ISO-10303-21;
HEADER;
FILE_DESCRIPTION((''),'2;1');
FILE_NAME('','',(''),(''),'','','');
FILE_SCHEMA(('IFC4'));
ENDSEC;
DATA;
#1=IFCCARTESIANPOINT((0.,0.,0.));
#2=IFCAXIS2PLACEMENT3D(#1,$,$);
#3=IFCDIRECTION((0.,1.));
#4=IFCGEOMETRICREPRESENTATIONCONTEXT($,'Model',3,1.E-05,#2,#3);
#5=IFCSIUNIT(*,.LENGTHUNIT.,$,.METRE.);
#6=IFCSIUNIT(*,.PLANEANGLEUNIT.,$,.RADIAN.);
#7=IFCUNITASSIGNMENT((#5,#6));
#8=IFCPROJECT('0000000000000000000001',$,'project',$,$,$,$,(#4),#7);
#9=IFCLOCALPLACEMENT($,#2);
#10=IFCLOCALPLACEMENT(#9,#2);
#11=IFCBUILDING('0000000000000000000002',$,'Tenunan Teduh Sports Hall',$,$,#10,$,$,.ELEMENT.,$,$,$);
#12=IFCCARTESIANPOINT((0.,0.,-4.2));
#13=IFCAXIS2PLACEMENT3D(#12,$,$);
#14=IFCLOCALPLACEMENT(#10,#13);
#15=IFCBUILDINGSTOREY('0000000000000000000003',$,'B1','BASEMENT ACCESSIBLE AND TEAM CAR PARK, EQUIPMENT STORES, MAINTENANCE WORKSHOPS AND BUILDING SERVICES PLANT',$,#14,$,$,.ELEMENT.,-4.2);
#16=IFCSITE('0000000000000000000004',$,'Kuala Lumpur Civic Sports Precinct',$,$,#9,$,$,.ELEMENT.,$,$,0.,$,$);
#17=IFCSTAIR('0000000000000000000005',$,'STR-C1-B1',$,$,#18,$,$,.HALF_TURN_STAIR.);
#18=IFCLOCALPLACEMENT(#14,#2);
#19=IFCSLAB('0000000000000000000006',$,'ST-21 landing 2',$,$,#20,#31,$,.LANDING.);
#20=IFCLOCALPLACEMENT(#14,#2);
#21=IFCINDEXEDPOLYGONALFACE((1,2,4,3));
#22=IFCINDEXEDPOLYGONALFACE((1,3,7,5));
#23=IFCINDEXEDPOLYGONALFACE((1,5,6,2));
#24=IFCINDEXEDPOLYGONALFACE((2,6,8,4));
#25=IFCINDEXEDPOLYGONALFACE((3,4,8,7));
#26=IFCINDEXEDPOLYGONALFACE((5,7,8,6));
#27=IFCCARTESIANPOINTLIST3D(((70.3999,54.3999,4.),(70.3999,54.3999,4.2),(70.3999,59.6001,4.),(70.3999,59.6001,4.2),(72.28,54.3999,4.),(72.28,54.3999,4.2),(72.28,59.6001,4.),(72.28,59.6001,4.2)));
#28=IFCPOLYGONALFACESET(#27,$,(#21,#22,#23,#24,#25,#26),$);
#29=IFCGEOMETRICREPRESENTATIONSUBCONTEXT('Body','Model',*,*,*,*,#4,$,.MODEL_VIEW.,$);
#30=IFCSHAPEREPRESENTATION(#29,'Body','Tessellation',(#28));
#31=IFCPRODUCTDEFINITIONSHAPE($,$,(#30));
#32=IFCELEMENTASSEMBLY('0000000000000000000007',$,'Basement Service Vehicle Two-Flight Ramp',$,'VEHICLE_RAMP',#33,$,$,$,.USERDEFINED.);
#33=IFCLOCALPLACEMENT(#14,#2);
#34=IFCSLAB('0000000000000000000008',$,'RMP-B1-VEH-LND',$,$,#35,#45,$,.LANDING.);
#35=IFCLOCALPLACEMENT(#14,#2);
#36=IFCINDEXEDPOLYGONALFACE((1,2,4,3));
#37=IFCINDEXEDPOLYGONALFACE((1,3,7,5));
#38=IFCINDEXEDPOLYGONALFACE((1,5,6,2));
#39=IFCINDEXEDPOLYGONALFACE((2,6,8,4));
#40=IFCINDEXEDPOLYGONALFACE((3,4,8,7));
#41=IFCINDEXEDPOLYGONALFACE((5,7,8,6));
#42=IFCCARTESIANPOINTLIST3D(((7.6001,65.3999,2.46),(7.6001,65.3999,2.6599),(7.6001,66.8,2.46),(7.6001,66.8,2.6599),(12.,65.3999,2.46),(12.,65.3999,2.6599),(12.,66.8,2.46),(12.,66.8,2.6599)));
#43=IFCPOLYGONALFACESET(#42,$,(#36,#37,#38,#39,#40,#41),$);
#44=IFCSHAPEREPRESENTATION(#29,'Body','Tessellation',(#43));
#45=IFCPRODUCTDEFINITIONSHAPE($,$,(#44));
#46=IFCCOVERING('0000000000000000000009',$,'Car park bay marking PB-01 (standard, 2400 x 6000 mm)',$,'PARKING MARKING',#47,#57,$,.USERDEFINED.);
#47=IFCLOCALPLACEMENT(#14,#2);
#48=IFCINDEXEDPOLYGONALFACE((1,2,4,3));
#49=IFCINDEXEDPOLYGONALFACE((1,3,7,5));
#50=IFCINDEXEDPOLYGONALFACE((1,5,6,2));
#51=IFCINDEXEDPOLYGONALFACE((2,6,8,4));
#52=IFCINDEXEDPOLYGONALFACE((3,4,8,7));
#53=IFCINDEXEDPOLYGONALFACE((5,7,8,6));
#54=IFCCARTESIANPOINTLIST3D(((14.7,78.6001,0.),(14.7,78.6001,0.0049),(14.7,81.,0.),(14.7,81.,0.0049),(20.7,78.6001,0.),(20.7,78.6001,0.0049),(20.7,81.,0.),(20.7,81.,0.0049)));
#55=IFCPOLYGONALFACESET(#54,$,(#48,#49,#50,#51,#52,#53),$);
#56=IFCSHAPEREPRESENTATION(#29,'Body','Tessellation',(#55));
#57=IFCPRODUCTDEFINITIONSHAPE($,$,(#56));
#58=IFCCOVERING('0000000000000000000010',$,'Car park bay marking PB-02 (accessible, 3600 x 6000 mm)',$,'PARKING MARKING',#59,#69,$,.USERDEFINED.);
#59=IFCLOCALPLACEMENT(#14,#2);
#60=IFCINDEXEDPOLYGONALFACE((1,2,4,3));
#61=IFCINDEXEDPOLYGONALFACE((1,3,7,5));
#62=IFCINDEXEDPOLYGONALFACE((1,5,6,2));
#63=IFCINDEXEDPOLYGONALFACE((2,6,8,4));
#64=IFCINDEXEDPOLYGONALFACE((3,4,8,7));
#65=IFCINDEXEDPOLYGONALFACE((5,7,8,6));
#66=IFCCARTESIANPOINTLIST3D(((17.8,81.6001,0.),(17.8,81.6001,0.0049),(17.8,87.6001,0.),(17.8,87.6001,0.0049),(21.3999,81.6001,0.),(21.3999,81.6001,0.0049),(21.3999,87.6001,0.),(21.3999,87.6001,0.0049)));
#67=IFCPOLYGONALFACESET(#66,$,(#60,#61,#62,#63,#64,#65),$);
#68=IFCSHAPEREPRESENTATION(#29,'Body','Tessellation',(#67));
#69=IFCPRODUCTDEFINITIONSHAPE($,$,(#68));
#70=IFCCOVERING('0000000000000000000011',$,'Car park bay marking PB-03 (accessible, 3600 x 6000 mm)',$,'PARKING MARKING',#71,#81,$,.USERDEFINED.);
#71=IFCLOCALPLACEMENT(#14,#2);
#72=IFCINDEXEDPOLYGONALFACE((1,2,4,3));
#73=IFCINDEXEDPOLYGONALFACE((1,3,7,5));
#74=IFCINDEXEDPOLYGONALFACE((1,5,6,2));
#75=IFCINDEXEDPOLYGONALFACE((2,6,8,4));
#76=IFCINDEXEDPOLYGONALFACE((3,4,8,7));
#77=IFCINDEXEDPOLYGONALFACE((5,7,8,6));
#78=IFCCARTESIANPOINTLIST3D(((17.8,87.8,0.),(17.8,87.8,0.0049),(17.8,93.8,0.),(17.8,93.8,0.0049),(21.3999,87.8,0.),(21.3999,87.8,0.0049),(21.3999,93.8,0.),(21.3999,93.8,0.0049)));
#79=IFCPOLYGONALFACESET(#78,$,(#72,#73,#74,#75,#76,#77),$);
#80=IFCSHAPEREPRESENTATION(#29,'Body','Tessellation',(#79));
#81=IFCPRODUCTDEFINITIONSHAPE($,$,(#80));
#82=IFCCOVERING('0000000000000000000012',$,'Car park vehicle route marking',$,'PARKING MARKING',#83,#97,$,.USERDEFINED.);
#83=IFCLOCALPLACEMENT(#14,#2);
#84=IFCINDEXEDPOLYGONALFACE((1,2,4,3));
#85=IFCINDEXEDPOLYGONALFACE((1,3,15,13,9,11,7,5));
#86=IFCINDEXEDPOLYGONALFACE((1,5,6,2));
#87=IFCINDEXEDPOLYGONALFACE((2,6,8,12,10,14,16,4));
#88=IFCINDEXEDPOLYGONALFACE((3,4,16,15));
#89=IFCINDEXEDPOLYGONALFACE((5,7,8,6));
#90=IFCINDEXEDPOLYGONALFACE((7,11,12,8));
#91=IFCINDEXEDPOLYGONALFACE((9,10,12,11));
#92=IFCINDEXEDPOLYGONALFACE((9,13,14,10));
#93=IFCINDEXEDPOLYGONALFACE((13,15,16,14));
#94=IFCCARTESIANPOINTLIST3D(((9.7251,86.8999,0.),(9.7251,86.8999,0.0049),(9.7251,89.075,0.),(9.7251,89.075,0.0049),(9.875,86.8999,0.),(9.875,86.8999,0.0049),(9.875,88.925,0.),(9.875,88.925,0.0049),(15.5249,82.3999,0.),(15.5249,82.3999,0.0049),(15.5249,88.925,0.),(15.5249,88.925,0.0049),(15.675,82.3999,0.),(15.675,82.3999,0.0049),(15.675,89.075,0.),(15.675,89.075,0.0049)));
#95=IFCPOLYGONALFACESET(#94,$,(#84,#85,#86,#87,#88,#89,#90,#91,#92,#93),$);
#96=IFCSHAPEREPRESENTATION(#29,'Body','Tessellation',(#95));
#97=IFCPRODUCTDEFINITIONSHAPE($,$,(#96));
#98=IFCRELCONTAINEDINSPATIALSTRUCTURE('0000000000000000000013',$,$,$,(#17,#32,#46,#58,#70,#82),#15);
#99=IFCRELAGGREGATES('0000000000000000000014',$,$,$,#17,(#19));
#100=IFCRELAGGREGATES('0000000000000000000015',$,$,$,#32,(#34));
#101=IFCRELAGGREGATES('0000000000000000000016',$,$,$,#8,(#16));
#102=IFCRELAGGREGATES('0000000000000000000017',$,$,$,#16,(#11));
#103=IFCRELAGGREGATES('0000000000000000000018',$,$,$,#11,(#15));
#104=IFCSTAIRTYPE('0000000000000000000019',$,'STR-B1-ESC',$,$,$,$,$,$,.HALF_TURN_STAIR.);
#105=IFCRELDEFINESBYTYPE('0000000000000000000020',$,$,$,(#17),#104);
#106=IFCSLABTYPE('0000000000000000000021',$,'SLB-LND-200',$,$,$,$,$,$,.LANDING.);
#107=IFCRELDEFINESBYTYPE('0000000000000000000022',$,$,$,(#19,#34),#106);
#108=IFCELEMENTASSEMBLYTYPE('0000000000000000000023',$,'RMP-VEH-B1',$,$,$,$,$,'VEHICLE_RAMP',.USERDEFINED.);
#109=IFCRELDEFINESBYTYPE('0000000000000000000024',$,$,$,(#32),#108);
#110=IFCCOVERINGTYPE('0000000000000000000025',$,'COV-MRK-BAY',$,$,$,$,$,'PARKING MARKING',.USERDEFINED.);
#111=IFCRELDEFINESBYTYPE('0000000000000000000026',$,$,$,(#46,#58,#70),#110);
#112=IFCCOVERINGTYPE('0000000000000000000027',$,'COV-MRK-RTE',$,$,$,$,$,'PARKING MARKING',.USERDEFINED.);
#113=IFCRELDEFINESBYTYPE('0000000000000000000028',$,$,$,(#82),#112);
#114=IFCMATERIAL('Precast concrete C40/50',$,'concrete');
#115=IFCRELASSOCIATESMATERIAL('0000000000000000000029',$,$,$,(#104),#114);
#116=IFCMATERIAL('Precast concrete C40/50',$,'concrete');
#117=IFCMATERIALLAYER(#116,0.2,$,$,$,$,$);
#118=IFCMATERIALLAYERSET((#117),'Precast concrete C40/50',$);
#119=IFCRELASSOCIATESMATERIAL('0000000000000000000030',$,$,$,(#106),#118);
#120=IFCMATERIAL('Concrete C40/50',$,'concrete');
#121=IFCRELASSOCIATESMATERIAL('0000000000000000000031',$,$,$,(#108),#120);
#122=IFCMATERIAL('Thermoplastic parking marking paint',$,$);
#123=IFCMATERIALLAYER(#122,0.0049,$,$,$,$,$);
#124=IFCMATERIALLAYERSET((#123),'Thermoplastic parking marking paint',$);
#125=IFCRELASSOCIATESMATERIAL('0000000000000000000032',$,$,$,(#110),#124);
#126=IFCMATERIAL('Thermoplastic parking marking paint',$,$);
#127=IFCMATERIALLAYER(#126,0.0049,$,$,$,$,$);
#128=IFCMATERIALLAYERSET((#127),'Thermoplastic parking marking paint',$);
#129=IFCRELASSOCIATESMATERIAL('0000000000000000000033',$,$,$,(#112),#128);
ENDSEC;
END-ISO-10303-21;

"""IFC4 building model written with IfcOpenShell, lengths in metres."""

from ifc_helpers import new_model, si_unit, direction, frame, origin, place, context, subcontext, project, spatial, polyline, outline, extrude, material, layer, layer_set, type_object, element, aggregate, save


model = new_model("IFC4")

# Units and contexts
model_context = context("Model", 3, precision=1e-05, world=origin(), true_north=direction((0.0, 1.0)))
body_context = subcontext(model_context, "Body", "Model", "MODEL_VIEW")
ifc_project = project(units=[si_unit("LENGTHUNIT", "METRE"), si_unit("PLANEANGLEUNIT", "RADIAN")], contexts=[model_context])

# Site, building, storey
site_placement = place(None, origin())
site = spatial("IfcSite", under=ifc_project, at=site_placement, Name="Kuala Lumpur Civic Sports Precinct", CompositionType="ELEMENT", RefElevation=0.0)
building_placement = place(site_placement, origin())
building = spatial("IfcBuilding", under=site, at=building_placement, Name="Tenunan Teduh Sports Hall", CompositionType="ELEMENT")
storey_placement = place(building_placement, frame((0.0, 0.0, -4.2)))
storey = spatial("IfcBuildingStorey", under=building, at=storey_placement, Name="B1", Description="BASEMENT ACCESSIBLE AND TEAM CAR PARK, EQUIPMENT STORES, MAINTENANCE WORKSHOPS AND BUILDING SERVICES PLANT", CompositionType="ELEMENT", Elevation=-4.2)

# Stair, slab
ifc_material_1 = material(Name="Precast concrete C40/50", Category="concrete")
stair_type = type_object("IfcStairType", Name="STR-B1-ESC", PredefinedType="HALF_TURN_STAIR", material=ifc_material_1)
ifc_material_2 = material(Name="Precast concrete C40/50", Category="concrete")
ifc_layer_1 = layer(ifc_material_2, 0.2)
ifc_layer_set_1 = layer_set([ifc_layer_1], Name="Precast concrete C40/50")
slab_type_1 = type_object("IfcSlabType", Name="SLB-LND-200", PredefinedType="LANDING", material=ifc_layer_set_1)
stair_1_placement = place(storey_placement, origin())
stair_1 = element("IfcStair", 1, at=stair_1_placement, inside=storey, type_object=stair_type, Name="STR-C1-B1", PredefinedType="HALF_TURN_STAIR")
slab_1_placement = place(storey_placement, frame((0.0, 0.0, 4.0)))
slab_1 = element("IfcSlab", 2, at=slab_1_placement, type_object=slab_type_1, Name="ST-21 landing 2", PredefinedType="LANDING", context=body_context, shape_type="SweptSolid", body=[
    extrude(outline(polyline([(70.3999, 54.3999), (72.28, 54.3999), (72.28, 59.6001), (70.3999, 59.6001), (70.3999, 54.3999)])), origin(), (0.0, 0.0, 1.0), 0.2),
])
aggregate(stair_1, [slab_1])

# Element assembly, slab
ifc_material_3 = material(Name="Concrete C40/50", Category="concrete")
element_assembly_type = type_object("IfcElementAssemblyType", Name="RMP-VEH-B1", ElementType="VEHICLE_RAMP", PredefinedType="USERDEFINED", material=ifc_material_3)
assembly_placement = place(storey_placement, origin())
assembly = element("IfcElementAssembly", 3, at=assembly_placement, inside=storey, type_object=element_assembly_type, Name="Basement Service Vehicle Two-Flight Ramp", ObjectType="VEHICLE_RAMP", PredefinedType="USERDEFINED")
slab_2_placement = place(storey_placement, frame((0.0, 0.0, 2.46)))
slab_2 = element("IfcSlab", 4, at=slab_2_placement, type_object=slab_type_1, Name="RMP-B1-VEH-LND", PredefinedType="LANDING", context=body_context, shape_type="SweptSolid", body=[
    extrude(outline(polyline([(7.6001, 65.3999), (12.0, 65.3999), (12.0, 66.8), (7.6001, 66.8), (7.6001, 65.3999)])), origin(), (0.0, 0.0, 1.0), 0.2),
])
aggregate(assembly, [slab_2])

# Coverings
ifc_material_4 = material(Name="Thermoplastic parking marking paint")
ifc_layer_2 = layer(ifc_material_4, 0.0049)
ifc_layer_set_2 = layer_set([ifc_layer_2], Name="Thermoplastic parking marking paint")
covering_type_1 = type_object("IfcCoveringType", Name="COV-MRK-BAY", ElementType="PARKING MARKING", PredefinedType="USERDEFINED", material=ifc_layer_set_2)
covering_1_placement = place(storey_placement, origin())
element("IfcCovering", 5, at=covering_1_placement, inside=storey, type_object=covering_type_1, Name="Car park bay marking PB-01 (standard, 2400 x 6000 mm)", ObjectType="PARKING MARKING", PredefinedType="USERDEFINED", context=body_context, shape_type="SweptSolid", body=[
    extrude(outline(polyline([(14.7, 78.6001), (20.7, 78.6001), (20.7, 81.0), (14.7, 81.0), (14.7, 78.6001)])), origin(), (0.0, 0.0, 1.0), 0.0049),
])
covering_2_placement = place(storey_placement, origin())
element("IfcCovering", 6, at=covering_2_placement, inside=storey, type_object=covering_type_1, Name="Car park bay marking PB-02 (accessible, 3600 x 6000 mm)", ObjectType="PARKING MARKING", PredefinedType="USERDEFINED", context=body_context, shape_type="SweptSolid", body=[
    extrude(outline(polyline([(17.8, 81.6001), (21.3999, 81.6001), (21.3999, 87.6001), (17.8, 87.6001), (17.8, 81.6001)])), origin(), (0.0, 0.0, 1.0), 0.0049),
])
covering_3_placement = place(storey_placement, origin())
element("IfcCovering", 7, at=covering_3_placement, inside=storey, type_object=covering_type_1, Name="Car park bay marking PB-03 (accessible, 3600 x 6000 mm)", ObjectType="PARKING MARKING", PredefinedType="USERDEFINED", context=body_context, shape_type="SweptSolid", body=[
    extrude(outline(polyline([(17.8, 87.8), (21.3999, 87.8), (21.3999, 93.8), (17.8, 93.8), (17.8, 87.8)])), origin(), (0.0, 0.0, 1.0), 0.0049),
])
ifc_material_5 = material(Name="Thermoplastic parking marking paint")
ifc_layer_3 = layer(ifc_material_5, 0.0049)
ifc_layer_set_3 = layer_set([ifc_layer_3], Name="Thermoplastic parking marking paint")
covering_type_2 = type_object("IfcCoveringType", Name="COV-MRK-RTE", ElementType="PARKING MARKING", PredefinedType="USERDEFINED", material=ifc_layer_set_3)
covering_4_placement = place(storey_placement, origin())
element("IfcCovering", 8, at=covering_4_placement, inside=storey, type_object=covering_type_2, Name="Car park vehicle route marking", ObjectType="PARKING MARKING", PredefinedType="USERDEFINED", context=body_context, shape_type="SweptSolid", body=[
    extrude(outline(polyline([(9.7251, 86.8999), (9.875, 86.8999), (9.875, 88.925), (15.5249, 88.925), (15.5249, 82.3999), (15.675, 82.3999), (15.675, 89.075), (9.7251, 89.075), (9.7251, 86.8999)])), origin(), (0.0, 0.0, 1.0), 0.0049),
])

save(model, "model.ifc")
